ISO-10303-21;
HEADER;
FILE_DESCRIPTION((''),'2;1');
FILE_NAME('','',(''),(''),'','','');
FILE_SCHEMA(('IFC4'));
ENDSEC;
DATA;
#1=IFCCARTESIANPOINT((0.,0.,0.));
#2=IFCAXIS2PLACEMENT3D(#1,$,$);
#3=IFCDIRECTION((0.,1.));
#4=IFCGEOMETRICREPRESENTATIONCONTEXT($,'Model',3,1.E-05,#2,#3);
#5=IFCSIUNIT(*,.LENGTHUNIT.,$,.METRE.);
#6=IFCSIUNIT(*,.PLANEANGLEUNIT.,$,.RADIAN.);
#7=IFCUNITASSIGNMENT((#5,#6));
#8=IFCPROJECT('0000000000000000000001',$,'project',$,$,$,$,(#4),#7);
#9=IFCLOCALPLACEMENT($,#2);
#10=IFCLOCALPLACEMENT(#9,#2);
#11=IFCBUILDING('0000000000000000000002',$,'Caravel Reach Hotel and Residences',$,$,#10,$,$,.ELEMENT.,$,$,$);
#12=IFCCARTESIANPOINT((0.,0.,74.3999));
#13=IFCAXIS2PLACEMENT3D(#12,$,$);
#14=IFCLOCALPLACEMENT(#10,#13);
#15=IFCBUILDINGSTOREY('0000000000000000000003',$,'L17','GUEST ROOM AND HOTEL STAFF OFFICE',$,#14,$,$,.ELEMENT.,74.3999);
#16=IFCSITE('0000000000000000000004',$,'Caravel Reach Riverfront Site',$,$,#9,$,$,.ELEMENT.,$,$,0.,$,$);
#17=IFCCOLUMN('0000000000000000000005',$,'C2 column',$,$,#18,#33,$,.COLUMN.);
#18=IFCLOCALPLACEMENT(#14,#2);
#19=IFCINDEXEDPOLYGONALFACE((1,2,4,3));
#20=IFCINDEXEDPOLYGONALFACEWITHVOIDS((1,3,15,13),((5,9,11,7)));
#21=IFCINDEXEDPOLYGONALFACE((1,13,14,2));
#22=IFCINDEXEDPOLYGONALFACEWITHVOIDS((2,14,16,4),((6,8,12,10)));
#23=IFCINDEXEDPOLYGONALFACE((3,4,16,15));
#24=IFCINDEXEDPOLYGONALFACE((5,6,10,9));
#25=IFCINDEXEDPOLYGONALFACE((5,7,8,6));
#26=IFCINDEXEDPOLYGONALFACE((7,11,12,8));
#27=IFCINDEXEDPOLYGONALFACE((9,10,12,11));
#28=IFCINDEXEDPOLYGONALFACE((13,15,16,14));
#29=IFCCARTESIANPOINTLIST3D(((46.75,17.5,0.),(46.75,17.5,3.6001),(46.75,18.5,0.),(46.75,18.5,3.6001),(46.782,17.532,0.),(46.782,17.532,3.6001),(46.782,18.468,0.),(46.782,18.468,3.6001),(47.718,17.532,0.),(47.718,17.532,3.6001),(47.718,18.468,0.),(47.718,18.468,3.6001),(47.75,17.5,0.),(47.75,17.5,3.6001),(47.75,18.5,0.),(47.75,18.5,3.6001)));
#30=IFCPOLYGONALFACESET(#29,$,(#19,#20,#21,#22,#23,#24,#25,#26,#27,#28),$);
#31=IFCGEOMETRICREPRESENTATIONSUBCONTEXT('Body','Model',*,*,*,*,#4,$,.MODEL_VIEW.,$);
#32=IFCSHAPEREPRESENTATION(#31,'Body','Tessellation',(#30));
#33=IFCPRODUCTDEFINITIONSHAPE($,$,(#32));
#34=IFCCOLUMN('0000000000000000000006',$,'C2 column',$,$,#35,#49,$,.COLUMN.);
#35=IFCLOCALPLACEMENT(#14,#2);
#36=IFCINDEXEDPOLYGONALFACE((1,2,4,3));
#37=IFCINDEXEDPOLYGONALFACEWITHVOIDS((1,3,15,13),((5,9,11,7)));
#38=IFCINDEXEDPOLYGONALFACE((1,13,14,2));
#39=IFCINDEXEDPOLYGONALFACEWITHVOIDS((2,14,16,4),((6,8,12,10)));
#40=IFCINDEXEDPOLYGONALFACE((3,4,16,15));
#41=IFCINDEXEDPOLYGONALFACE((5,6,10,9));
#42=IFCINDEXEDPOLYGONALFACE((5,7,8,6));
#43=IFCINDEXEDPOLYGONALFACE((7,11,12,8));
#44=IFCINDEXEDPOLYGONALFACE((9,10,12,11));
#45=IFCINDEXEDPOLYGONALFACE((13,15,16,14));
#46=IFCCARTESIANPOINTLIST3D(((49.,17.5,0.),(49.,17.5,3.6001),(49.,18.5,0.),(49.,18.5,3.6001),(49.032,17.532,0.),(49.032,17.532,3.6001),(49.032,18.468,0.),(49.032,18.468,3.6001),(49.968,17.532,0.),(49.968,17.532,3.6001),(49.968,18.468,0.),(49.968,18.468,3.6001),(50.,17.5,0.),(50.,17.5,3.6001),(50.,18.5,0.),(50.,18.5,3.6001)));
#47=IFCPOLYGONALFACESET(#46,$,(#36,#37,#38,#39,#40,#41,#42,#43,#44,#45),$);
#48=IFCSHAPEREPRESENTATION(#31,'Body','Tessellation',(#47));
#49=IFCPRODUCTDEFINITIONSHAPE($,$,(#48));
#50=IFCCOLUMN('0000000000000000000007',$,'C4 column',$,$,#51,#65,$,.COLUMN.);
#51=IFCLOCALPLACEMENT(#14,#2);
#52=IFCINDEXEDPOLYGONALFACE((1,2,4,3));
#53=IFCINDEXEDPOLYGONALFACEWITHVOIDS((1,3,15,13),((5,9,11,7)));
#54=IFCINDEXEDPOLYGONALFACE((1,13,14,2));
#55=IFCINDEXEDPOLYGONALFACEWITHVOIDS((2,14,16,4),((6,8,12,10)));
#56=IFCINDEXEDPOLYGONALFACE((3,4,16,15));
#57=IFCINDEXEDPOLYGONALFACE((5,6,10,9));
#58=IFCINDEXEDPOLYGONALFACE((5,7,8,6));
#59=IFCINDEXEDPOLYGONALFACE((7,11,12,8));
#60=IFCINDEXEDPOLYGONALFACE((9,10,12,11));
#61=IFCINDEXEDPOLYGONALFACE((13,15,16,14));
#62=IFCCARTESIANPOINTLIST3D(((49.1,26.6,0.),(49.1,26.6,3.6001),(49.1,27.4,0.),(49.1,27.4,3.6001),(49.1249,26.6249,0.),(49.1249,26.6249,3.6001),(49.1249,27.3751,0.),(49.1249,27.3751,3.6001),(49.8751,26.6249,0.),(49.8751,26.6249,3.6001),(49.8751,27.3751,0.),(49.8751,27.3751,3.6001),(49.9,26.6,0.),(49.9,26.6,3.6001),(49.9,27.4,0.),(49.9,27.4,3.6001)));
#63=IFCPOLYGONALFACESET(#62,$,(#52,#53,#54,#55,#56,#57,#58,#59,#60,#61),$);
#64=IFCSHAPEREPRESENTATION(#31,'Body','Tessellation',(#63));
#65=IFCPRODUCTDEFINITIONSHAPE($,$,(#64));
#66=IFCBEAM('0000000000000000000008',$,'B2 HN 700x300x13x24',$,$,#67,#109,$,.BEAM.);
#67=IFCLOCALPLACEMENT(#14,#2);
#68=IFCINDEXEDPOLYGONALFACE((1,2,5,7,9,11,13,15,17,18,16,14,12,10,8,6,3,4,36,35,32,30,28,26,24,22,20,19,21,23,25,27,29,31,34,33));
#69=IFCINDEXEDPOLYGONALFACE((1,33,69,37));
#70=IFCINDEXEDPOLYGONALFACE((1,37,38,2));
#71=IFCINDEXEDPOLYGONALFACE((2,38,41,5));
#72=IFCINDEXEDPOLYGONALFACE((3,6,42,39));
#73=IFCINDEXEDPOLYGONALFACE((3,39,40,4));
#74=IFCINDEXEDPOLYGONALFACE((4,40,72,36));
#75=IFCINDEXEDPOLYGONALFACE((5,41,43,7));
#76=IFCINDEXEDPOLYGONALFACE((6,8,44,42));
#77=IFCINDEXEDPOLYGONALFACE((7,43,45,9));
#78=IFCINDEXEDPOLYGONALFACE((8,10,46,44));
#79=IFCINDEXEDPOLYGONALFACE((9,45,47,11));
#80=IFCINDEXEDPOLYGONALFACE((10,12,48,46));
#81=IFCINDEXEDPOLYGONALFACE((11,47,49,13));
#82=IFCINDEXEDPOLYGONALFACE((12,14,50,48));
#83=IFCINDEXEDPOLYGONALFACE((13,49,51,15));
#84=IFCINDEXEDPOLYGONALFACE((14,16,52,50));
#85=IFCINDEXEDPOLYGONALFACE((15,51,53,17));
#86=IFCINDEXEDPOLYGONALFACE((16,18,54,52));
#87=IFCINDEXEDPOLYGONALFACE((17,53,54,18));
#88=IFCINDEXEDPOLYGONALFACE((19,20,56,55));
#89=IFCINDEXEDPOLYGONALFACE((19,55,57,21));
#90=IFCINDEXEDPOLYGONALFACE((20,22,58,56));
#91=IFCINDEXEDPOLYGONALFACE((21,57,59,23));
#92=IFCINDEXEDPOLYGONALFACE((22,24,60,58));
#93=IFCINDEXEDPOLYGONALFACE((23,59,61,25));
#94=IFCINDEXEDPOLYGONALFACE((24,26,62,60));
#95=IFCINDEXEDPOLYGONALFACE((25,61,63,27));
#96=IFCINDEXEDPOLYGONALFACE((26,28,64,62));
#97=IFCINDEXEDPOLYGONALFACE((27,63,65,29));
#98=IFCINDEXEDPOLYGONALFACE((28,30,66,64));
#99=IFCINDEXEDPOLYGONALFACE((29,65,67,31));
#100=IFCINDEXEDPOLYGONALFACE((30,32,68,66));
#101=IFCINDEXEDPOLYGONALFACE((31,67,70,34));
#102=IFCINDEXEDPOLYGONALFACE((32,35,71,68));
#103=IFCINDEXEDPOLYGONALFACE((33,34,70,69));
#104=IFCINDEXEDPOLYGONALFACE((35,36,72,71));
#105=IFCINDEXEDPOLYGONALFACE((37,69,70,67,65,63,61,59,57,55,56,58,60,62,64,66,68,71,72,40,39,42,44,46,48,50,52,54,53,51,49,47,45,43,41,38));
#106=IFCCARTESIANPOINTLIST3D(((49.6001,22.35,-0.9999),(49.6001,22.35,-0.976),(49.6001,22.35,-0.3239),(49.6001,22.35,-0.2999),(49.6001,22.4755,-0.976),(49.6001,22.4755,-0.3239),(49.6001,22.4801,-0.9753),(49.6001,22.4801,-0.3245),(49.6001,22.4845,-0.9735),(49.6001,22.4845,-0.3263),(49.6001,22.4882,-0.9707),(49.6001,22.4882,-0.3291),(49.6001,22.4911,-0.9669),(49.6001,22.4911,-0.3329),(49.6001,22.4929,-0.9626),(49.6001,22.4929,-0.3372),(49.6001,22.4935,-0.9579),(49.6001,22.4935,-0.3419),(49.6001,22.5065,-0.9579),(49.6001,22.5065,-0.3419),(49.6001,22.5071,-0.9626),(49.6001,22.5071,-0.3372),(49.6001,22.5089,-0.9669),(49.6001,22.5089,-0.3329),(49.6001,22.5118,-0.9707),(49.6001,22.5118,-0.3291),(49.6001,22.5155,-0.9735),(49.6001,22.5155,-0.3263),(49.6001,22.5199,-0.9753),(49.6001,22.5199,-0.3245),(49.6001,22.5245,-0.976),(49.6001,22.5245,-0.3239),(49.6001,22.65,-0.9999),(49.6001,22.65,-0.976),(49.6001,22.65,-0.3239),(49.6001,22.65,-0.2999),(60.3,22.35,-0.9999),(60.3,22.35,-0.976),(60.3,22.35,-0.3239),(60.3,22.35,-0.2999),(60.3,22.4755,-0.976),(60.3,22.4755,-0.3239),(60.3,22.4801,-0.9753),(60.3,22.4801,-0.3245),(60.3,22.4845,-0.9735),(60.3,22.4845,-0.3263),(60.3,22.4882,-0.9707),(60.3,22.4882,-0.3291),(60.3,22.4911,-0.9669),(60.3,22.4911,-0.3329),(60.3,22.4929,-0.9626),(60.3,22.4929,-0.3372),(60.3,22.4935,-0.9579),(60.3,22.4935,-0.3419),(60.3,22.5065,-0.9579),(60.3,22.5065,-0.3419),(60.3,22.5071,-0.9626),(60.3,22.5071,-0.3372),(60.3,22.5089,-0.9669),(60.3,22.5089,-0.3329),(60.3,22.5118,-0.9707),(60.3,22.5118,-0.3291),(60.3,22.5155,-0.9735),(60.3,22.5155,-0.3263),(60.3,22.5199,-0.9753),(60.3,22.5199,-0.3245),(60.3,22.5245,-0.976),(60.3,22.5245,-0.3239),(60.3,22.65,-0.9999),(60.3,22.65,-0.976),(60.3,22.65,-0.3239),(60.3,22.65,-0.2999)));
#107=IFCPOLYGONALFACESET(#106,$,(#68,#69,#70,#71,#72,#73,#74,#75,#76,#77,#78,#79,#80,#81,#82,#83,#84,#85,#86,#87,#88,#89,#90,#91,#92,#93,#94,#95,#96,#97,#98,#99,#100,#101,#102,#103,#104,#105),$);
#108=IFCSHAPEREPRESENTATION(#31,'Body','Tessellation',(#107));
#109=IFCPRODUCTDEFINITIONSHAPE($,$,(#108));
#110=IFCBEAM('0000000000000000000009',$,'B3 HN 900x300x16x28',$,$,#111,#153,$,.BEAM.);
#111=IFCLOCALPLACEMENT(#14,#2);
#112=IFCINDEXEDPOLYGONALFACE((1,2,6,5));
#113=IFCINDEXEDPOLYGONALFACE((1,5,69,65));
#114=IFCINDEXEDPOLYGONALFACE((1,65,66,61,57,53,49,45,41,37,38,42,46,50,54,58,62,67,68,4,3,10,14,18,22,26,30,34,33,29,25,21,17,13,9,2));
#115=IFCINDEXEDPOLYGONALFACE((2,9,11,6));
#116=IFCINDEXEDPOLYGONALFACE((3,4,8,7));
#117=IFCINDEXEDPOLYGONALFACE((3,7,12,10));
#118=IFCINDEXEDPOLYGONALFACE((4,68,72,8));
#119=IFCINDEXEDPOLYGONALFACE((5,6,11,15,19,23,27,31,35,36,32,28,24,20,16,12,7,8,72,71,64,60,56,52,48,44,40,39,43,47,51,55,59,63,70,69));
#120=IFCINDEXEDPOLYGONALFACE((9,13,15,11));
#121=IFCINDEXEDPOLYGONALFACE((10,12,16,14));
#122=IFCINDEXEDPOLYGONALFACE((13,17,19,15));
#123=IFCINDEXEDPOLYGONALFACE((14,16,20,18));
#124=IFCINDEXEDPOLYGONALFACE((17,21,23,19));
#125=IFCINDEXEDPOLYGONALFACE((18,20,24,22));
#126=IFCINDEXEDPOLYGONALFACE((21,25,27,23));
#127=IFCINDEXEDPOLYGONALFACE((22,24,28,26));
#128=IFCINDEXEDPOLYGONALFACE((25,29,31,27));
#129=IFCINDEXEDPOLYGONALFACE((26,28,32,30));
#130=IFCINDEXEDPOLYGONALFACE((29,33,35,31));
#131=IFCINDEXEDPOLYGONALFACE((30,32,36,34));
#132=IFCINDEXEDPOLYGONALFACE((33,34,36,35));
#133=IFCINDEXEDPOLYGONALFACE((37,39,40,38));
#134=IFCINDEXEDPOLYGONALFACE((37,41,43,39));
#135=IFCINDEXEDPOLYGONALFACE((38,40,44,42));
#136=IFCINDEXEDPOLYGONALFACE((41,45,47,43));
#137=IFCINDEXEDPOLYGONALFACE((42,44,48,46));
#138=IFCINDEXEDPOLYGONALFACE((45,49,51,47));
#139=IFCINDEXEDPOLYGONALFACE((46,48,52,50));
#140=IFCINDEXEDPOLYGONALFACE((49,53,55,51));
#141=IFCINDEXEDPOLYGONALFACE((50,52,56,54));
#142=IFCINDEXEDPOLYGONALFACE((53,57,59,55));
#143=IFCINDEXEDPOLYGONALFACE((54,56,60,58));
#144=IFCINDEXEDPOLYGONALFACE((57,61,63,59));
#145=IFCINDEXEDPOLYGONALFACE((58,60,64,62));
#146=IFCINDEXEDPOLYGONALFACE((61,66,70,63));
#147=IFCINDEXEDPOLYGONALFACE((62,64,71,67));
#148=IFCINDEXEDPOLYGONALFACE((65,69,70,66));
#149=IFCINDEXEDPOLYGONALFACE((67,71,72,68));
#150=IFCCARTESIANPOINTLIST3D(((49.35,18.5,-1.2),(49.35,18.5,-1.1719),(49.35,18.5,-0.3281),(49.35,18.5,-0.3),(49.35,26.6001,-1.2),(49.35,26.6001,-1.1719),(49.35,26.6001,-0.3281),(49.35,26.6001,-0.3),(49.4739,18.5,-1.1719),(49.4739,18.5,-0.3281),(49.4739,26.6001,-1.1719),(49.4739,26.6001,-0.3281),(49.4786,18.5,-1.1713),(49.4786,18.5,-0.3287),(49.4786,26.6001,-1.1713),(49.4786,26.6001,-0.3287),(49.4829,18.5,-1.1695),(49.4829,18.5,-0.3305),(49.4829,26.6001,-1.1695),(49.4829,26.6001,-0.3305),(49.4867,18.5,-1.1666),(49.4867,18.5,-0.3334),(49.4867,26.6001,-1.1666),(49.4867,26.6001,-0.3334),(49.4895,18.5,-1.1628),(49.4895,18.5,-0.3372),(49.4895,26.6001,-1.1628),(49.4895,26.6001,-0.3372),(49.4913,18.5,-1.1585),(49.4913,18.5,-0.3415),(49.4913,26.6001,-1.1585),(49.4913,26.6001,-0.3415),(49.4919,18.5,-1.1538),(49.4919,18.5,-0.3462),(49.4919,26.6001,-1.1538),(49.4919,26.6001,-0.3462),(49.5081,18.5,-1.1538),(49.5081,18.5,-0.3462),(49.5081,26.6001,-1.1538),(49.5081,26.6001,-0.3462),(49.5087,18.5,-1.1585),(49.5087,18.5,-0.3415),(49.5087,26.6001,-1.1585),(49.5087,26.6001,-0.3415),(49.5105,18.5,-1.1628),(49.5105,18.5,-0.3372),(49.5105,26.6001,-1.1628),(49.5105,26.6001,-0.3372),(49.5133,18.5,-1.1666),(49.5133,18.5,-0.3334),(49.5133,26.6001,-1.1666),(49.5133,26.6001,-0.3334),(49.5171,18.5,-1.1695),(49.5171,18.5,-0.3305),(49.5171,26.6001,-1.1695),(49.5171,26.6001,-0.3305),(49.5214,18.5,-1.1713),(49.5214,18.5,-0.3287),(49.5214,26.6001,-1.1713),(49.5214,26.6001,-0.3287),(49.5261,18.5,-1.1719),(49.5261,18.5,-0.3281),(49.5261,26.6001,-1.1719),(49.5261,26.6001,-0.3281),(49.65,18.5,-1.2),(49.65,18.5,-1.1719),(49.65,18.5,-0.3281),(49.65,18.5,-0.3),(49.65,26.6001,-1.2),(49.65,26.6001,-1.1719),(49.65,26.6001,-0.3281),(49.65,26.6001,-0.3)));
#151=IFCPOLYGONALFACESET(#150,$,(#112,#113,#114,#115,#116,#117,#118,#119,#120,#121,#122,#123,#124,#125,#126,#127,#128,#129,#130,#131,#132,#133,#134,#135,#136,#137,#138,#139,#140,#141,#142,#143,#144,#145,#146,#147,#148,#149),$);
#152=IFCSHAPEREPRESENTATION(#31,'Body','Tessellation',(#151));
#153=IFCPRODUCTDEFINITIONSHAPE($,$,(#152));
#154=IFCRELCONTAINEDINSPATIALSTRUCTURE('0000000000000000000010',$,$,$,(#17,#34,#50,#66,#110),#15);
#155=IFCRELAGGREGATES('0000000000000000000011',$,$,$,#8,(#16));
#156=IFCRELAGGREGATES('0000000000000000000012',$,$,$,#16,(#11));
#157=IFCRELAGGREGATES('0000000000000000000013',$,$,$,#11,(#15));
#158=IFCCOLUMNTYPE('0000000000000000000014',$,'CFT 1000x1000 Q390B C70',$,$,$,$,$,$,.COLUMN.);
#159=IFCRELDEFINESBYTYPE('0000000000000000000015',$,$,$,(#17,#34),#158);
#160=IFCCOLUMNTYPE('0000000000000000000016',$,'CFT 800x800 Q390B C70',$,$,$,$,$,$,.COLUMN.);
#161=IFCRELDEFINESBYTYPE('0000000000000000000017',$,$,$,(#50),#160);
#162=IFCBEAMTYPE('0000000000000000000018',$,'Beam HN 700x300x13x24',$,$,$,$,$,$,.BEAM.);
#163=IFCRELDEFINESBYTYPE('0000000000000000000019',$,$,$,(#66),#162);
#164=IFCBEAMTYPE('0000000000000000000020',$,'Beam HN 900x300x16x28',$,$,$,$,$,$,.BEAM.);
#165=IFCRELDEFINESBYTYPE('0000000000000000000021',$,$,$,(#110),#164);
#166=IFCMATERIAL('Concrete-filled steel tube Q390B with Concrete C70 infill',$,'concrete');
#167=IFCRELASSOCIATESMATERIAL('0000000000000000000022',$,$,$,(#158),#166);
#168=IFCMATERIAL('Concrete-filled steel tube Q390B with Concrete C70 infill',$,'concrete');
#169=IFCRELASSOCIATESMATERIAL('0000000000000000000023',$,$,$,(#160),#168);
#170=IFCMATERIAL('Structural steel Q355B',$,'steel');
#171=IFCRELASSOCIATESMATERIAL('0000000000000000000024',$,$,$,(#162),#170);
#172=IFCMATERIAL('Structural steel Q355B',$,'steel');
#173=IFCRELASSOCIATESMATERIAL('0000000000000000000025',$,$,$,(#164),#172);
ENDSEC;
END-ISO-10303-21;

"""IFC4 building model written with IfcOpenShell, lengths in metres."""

from ifc_helpers import new_model, si_unit, direction, frame, origin, origin_2d, place, context, subcontext, project, spatial, hollow_rectangle, i_section, extrude, material, material_profile, profile_set, type_object, element, save


model = new_model("IFC4")

# Units and contexts
model_context = context("Model", 3, precision=1e-05, world=origin(), true_north=direction((0.0, 1.0)))
body_context = subcontext(model_context, "Body", "Model", "MODEL_VIEW")
ifc_project = project(units=[si_unit("LENGTHUNIT", "METRE"), si_unit("PLANEANGLEUNIT", "RADIAN")], contexts=[model_context])

# Site, building, storey
site_placement = place(None, origin())
site = spatial("IfcSite", under=ifc_project, at=site_placement, Name="Caravel Reach Riverfront Site", CompositionType="ELEMENT", RefElevation=0.0)
building_placement = place(site_placement, origin())
building = spatial("IfcBuilding", under=site, at=building_placement, Name="Caravel Reach Hotel and Residences", CompositionType="ELEMENT")
storey_placement = place(building_placement, frame((0.0, 0.0, 74.3999)))
storey = spatial("IfcBuildingStorey", under=building, at=storey_placement, Name="L17", Description="GUEST ROOM AND HOTEL STAFF OFFICE", CompositionType="ELEMENT", Elevation=74.3999)

# Columns
ifc_material_1 = material(Name="Concrete-filled steel tube Q390B with Concrete C70 infill", Category="concrete")
ifc_material_profile_1 = material_profile(ifc_material_1, hollow_rectangle(XDim=1.0, YDim=1.0, WallThickness=0.032, at=origin_2d()), Name="RHS 1000x1000x32")
ifc_profile_set_1 = profile_set([ifc_material_profile_1], Name="Concrete-filled steel tube Q390B with Concrete C70 infill")
column_type_1 = type_object("IfcColumnType", Name="CFT 1000x1000 Q390B C70", PredefinedType="COLUMN", material=ifc_profile_set_1)
for number, where, z_axis, x_axis, name in (
    (1, (47.25, 18.0, 0.0), (0.0, 0.0, 1.0), (1.0, 0.0, 0.0), "C2 column"),
    (2, (49.5, 18.0, 0.0), (0.0, 0.0, 1.0), (1.0, 0.0, 0.0), "C2 column"),
):
    element("IfcColumn", number, at=place(storey_placement, frame(where, z_axis=z_axis, x_axis=x_axis)), inside=storey, type_object=column_type_1, Name=name, PredefinedType="COLUMN", context=body_context, shape_type="SweptSolid", body=[
        extrude(hollow_rectangle(XDim=1.0, YDim=1.0, WallThickness=0.032, at=origin_2d()), origin(), (0.0, 0.0, 1.0), 3.6001),
    ])
ifc_material_2 = material(Name="Concrete-filled steel tube Q390B with Concrete C70 infill", Category="concrete")
ifc_material_profile_2 = material_profile(ifc_material_2, hollow_rectangle(XDim=0.8, YDim=0.8, WallThickness=0.0249, at=origin_2d()), Name="RHS 800x800x25")
ifc_profile_set_2 = profile_set([ifc_material_profile_2], Name="Concrete-filled steel tube Q390B with Concrete C70 infill")
column_type_2 = type_object("IfcColumnType", Name="CFT 800x800 Q390B C70", PredefinedType="COLUMN", material=ifc_profile_set_2)
column_placement = place(storey_placement, frame((49.5, 27.0, 0.0), z_axis=(0.0, 0.0, 1.0), x_axis=(1.0, 0.0, 0.0)))
element("IfcColumn", 3, at=column_placement, inside=storey, type_object=column_type_2, Name="C4 column", PredefinedType="COLUMN", context=body_context, shape_type="SweptSolid", body=[
    extrude(hollow_rectangle(XDim=0.8, YDim=0.8, WallThickness=0.0249, at=origin_2d()), origin(), (0.0, 0.0, 1.0), 3.6001),
])

# Beams
ifc_material_3 = material(Name="Structural steel Q355B", Category="steel")
ifc_material_profile_3 = material_profile(ifc_material_3, i_section(OverallWidth=0.3, OverallDepth=0.7, WebThickness=0.0129, FlangeThickness=0.0239, FilletRadius=0.0181, at=origin_2d()), Name="HN 700x300x13x24")
ifc_profile_set_3 = profile_set([ifc_material_profile_3], Name="Structural steel Q355B")
beam_type_1 = type_object("IfcBeamType", Name="Beam HN 700x300x13x24", PredefinedType="BEAM", material=ifc_profile_set_3)
beam_1_placement = place(storey_placement, frame((49.6001, 22.5, -0.6499), z_axis=(1.0, 0.0, 0.0), x_axis=(0.0, 1.0, 0.0)))
element("IfcBeam", 4, at=beam_1_placement, inside=storey, type_object=beam_type_1, Name="B2 HN 700x300x13x24", PredefinedType="BEAM", context=body_context, shape_type="SweptSolid", body=[
    extrude(i_section(OverallWidth=0.3, OverallDepth=0.7, WebThickness=0.0129, FlangeThickness=0.0239, FilletRadius=0.0181, at=origin_2d()), origin(), (0.0, 0.0, 1.0), 10.7),
])
ifc_material_4 = material(Name="Structural steel Q355B", Category="steel")
ifc_material_profile_4 = material_profile(ifc_material_4, i_section(OverallWidth=0.3, OverallDepth=0.8999, WebThickness=0.0161, FlangeThickness=0.0281, FilletRadius=0.0181, at=origin_2d()), Name="HN 900x300x16x28")
ifc_profile_set_4 = profile_set([ifc_material_profile_4], Name="Structural steel Q355B")
beam_type_2 = type_object("IfcBeamType", Name="Beam HN 900x300x16x28", PredefinedType="BEAM", material=ifc_profile_set_4)
beam_2_placement = place(storey_placement, frame((49.5, 18.5, -0.75), z_axis=(0.0, 1.0, 0.0), x_axis=(-1.0, 0.0, 0.0)))
element("IfcBeam", 5, at=beam_2_placement, inside=storey, type_object=beam_type_2, Name="B3 HN 900x300x16x28", PredefinedType="BEAM", context=body_context, shape_type="SweptSolid", body=[
    extrude(i_section(OverallWidth=0.3, OverallDepth=0.8999, WebThickness=0.0161, FlangeThickness=0.0281, FilletRadius=0.0181, at=origin_2d()), origin(), (0.0, 0.0, 1.0), 8.1001),
])

save(model, "model.ifc")
